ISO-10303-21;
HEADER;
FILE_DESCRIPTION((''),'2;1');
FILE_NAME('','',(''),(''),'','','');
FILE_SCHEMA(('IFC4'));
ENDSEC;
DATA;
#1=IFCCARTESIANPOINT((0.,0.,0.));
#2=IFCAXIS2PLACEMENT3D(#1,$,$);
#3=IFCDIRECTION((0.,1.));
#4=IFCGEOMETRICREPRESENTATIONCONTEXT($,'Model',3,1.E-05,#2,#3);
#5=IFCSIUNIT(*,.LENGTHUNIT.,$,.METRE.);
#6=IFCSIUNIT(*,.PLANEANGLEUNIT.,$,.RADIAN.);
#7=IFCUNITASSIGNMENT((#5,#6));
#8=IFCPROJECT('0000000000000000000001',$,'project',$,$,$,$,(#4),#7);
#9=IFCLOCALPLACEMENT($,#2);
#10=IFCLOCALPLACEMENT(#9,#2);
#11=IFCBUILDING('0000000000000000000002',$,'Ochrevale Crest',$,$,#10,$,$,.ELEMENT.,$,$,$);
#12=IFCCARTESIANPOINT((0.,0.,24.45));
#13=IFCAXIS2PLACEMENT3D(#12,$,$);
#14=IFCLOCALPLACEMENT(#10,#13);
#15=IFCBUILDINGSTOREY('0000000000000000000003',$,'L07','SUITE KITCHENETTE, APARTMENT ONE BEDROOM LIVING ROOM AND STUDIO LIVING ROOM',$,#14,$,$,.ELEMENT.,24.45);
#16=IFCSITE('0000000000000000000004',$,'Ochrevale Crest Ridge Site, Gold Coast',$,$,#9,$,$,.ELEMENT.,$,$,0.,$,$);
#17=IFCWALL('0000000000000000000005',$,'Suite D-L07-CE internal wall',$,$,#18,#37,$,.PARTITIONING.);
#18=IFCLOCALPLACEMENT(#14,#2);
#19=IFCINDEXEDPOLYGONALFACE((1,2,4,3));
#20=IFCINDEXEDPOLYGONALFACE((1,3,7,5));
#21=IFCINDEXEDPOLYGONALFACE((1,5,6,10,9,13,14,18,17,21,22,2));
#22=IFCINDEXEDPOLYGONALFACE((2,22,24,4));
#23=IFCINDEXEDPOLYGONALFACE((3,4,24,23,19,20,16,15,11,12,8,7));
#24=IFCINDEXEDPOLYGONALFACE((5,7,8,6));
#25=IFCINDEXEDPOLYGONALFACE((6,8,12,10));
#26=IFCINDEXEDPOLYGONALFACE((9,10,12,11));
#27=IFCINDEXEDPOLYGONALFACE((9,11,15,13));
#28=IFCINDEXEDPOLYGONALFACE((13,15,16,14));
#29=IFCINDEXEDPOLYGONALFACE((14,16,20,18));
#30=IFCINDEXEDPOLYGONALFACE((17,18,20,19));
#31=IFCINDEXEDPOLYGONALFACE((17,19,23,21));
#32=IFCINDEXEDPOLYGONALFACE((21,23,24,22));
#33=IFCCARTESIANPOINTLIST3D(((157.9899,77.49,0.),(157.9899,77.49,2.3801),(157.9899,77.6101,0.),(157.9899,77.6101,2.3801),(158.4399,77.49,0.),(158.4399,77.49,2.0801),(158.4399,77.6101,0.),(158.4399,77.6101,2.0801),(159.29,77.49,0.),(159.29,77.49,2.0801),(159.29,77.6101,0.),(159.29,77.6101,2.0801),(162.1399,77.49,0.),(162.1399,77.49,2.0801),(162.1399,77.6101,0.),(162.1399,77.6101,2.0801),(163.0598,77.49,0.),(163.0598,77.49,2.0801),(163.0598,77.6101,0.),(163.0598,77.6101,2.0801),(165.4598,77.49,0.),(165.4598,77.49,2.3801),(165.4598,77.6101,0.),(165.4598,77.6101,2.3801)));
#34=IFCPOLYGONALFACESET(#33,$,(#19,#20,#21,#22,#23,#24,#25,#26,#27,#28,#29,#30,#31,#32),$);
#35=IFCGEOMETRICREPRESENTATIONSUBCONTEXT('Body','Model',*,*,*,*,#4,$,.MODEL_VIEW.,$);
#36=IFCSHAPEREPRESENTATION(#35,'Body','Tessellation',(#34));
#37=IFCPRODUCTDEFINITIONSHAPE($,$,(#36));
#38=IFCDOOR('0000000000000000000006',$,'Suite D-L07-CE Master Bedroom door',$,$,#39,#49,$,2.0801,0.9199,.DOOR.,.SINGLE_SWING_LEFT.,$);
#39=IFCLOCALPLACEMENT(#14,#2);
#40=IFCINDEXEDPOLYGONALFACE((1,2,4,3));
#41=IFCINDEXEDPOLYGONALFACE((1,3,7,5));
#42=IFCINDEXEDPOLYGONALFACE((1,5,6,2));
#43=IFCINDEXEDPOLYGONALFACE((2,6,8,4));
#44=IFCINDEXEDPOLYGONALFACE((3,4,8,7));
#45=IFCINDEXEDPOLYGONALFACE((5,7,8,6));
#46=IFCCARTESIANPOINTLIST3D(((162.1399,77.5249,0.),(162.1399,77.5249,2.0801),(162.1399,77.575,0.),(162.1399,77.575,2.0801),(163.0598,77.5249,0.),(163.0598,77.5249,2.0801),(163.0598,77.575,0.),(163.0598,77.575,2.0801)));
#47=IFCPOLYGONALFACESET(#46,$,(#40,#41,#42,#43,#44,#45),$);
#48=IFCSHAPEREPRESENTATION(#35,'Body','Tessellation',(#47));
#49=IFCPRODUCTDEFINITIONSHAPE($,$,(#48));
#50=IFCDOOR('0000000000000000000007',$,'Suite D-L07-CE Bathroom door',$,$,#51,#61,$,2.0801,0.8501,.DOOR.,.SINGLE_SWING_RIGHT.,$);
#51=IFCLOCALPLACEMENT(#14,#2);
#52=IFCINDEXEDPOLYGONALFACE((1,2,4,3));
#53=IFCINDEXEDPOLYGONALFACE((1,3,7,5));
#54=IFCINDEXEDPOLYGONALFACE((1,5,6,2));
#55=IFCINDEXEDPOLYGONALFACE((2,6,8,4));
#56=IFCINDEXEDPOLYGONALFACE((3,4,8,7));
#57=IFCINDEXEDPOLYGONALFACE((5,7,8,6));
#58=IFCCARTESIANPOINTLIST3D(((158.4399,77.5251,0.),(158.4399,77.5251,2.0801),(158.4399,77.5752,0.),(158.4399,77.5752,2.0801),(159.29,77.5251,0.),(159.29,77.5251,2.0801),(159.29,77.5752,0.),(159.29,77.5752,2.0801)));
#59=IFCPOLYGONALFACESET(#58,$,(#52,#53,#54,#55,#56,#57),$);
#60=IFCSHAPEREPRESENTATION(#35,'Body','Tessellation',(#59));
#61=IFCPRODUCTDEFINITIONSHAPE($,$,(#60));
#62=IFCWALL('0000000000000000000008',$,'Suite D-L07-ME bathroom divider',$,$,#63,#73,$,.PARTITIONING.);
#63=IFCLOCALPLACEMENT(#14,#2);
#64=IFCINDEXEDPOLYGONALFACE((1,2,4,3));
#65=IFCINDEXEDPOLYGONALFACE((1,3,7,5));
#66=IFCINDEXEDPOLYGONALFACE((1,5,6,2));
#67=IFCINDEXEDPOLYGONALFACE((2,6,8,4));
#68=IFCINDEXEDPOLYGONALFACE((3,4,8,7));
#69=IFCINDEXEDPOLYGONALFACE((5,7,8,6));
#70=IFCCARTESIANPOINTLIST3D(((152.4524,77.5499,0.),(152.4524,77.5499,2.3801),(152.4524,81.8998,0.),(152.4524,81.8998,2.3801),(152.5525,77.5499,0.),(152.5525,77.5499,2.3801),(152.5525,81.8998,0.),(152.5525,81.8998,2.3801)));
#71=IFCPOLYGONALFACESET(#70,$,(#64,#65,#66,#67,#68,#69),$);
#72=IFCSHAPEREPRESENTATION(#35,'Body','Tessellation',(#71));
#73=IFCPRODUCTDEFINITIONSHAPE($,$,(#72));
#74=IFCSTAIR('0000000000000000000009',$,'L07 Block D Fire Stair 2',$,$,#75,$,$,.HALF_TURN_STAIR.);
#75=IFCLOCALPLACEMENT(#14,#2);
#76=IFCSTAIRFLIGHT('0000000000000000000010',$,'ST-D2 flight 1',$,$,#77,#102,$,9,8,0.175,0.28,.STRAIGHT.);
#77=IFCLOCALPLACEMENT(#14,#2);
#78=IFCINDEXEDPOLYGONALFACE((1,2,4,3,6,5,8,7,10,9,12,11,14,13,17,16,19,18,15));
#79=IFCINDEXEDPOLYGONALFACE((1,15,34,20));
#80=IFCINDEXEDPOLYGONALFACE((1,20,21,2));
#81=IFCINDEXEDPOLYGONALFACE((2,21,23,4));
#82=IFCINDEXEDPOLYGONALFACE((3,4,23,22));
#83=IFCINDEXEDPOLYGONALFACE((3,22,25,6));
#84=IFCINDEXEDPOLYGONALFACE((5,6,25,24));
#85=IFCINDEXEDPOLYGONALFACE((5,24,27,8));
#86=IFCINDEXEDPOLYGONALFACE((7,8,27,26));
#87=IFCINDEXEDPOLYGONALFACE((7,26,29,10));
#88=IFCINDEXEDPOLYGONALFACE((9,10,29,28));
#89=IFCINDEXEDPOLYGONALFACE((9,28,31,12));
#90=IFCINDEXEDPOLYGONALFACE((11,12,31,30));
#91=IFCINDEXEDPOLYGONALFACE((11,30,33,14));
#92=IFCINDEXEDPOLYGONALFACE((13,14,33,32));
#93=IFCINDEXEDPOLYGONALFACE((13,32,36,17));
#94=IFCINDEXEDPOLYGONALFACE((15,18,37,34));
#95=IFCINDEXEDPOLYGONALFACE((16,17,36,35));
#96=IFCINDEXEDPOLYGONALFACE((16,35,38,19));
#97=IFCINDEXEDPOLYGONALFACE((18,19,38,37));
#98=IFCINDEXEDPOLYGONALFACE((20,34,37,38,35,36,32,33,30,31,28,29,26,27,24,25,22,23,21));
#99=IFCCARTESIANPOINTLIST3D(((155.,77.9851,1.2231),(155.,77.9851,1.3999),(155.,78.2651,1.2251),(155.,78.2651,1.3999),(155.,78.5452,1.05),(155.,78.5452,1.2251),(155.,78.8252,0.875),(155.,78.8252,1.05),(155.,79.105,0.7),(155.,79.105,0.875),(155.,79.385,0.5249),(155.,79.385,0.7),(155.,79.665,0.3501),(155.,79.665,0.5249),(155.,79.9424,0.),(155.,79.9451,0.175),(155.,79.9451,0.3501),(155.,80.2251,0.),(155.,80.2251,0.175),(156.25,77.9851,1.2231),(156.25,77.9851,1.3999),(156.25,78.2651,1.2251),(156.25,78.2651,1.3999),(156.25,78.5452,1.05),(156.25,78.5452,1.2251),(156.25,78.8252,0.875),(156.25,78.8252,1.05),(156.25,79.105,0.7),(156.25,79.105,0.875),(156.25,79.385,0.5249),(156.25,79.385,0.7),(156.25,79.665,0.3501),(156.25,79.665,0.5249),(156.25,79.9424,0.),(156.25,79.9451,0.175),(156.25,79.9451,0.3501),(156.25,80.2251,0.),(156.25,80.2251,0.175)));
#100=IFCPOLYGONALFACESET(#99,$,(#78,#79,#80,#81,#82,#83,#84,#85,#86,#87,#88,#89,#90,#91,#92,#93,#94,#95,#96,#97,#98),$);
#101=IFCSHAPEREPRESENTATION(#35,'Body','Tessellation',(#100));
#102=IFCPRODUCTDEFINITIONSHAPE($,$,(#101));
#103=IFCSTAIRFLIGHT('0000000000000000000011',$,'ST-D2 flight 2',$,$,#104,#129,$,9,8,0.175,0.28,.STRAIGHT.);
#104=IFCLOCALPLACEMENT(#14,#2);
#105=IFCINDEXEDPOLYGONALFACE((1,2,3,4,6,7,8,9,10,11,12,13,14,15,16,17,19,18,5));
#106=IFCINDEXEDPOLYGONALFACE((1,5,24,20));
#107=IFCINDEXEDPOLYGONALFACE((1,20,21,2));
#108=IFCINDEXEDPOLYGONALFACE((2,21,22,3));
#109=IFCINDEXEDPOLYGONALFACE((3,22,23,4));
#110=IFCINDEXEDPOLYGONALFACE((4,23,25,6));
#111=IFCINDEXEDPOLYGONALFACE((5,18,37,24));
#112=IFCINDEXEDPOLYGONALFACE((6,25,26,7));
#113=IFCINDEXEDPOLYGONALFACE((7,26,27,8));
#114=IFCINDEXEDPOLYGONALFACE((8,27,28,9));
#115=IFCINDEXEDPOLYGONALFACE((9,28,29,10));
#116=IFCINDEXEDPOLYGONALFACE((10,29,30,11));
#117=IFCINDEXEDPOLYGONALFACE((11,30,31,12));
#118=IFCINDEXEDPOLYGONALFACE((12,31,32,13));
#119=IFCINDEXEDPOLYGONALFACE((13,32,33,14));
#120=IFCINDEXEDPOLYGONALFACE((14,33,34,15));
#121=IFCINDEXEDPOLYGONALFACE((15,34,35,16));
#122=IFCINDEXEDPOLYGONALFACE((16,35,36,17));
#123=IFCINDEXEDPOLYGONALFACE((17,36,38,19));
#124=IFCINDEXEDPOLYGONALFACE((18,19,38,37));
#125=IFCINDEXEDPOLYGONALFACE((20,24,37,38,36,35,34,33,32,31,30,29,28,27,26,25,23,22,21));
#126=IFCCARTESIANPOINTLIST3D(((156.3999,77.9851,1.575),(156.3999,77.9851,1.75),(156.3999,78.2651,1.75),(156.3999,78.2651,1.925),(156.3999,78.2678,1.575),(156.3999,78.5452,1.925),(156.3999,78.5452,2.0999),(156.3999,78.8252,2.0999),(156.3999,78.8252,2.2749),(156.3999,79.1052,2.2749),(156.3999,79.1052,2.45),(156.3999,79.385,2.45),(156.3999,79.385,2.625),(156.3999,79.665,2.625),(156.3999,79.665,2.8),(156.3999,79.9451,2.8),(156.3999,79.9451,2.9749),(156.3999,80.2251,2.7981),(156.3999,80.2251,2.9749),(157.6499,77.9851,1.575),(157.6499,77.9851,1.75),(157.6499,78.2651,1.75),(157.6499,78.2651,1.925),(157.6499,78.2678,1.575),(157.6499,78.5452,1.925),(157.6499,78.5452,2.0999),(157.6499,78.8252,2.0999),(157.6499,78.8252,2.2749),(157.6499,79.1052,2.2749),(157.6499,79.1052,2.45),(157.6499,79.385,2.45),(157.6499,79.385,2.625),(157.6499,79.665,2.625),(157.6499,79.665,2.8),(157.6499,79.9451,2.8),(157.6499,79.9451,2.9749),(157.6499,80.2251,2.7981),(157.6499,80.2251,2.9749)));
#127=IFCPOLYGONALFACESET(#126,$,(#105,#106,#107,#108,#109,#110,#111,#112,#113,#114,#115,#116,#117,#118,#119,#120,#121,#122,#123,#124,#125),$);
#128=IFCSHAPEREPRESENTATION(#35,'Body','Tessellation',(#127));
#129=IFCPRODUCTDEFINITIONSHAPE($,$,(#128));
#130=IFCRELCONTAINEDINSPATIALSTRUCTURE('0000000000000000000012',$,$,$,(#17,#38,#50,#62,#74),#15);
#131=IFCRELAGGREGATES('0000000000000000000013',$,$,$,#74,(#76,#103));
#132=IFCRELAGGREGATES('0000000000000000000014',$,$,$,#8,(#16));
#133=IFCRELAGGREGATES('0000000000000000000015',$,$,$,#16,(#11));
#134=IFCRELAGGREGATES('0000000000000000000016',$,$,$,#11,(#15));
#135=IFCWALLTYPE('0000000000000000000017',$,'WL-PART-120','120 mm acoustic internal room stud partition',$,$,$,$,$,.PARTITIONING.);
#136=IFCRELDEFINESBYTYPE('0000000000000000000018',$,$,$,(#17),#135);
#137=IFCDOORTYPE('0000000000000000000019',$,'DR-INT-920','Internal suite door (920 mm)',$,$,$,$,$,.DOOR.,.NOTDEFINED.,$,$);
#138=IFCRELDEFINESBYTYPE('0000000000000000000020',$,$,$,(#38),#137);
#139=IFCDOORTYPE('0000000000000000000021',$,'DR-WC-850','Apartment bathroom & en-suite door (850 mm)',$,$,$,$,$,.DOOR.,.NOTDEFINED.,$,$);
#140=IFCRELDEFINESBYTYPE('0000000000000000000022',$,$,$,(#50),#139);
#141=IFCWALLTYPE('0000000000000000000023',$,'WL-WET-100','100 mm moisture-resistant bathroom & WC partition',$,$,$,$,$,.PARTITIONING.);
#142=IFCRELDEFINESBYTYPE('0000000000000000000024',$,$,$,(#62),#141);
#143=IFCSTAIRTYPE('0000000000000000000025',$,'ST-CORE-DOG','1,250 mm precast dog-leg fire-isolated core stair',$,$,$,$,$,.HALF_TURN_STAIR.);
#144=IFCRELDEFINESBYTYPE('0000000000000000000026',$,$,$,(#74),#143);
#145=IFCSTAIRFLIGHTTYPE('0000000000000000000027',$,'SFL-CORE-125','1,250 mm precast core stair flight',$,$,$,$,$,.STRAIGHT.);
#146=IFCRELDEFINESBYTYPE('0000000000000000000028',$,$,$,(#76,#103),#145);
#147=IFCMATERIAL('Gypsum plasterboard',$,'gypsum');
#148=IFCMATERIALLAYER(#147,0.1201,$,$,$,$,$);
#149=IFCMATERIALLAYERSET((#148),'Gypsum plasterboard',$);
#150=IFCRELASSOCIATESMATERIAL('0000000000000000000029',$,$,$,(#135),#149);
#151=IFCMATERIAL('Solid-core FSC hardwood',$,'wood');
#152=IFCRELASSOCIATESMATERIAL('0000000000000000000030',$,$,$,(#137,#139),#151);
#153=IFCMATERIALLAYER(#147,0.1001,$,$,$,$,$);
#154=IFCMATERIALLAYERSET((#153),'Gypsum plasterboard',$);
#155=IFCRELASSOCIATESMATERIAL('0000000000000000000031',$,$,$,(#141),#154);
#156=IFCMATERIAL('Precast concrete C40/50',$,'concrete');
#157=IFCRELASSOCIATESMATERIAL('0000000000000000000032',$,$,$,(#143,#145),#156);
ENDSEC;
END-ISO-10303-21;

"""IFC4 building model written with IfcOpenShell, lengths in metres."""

from ifc_helpers import new_model, si_unit, direction, frame, frame_2d, origin, place, context, subcontext, project, spatial, polyline, rectangle, outline, extrude, material, layer, layer_set, type_object, element, fill, aggregate, save


model = new_model("IFC4")

# Units and contexts
model_context = context("Model", 3, precision=1e-05, world=origin(), true_north=direction((0.0, 1.0)))
body_context = subcontext(model_context, "Body", "Model", "MODEL_VIEW")
ifc_project = project(units=[si_unit("LENGTHUNIT", "METRE"), si_unit("PLANEANGLEUNIT", "RADIAN")], contexts=[model_context])

# Site, building, storey
site_placement = place(None, origin())
site = spatial("IfcSite", under=ifc_project, at=site_placement, Name="Ochrevale Crest Ridge Site, Gold Coast", CompositionType="ELEMENT", RefElevation=0.0)
building_placement = place(site_placement, origin())
building = spatial("IfcBuilding", under=site, at=building_placement, Name="Ochrevale Crest", CompositionType="ELEMENT")
storey_placement = place(building_placement, frame((0.0, 0.0, 24.45)))
storey = spatial("IfcBuildingStorey", under=building, at=storey_placement, Name="L07", Description="SUITE KITCHENETTE, APARTMENT ONE BEDROOM LIVING ROOM AND STUDIO LIVING ROOM", CompositionType="ELEMENT", Elevation=24.45)

# Shared definitions
ifc_material_1 = material(Name="Precast concrete C40/50", Category="concrete")

# Wall, openings, doors
ifc_material_2 = material(Name="Gypsum plasterboard", Category="gypsum")
ifc_layer_1 = layer(ifc_material_2, 0.1201)
ifc_layer_set_1 = layer_set([ifc_layer_1], Name="Gypsum plasterboard")
wall_type_1 = type_object("IfcWallType", Name="WL-PART-120", Description="120 mm acoustic internal room stud partition", PredefinedType="PARTITIONING", material=ifc_layer_set_1)
wall_1_placement = place(storey_placement, frame((157.99, 77.55, 0.0), z_axis=(0.0, 0.0, 1.0), x_axis=(1.0, 0.0, 0.0)))
wall_1 = element("IfcWall", 1, at=wall_1_placement, inside=storey, type_object=wall_type_1, Name="Suite D-L07-CE internal wall", PredefinedType="PARTITIONING", context=body_context, shape_type="SweptSolid", body=[
    extrude(rectangle(XDim=7.47, YDim=0.1201, at=frame_2d((3.7349, 0.0))), origin(), (0.0, 0.0, 1.0), 2.3801),
])
opening_1_placement = place(wall_1_placement, frame((1.3, 0.0, 0.0), z_axis=(0.0, 0.0, 1.0), x_axis=(-1.0, 0.0, 0.0)))
opening_1 = element("IfcOpeningElement", 2, at=opening_1_placement, cuts=wall_1, PredefinedType="OPENING", context=body_context, shape_type="SweptSolid", body=[
    extrude(rectangle(XDim=0.8501, YDim=2.0801, at=frame_2d((0.425, 1.04))), frame((0.0, 0.0701, 0.0), z_axis=(0.0, -1.0, 0.0), x_axis=(1.0, 0.0, 0.0)), (0.0, 0.0, 1.0), 0.1401),
])
opening_2_placement = place(wall_1_placement, frame((4.1499, 0.0, 0.0)))
opening_2 = element("IfcOpeningElement", 3, at=opening_2_placement, cuts=wall_1, PredefinedType="OPENING", context=body_context, shape_type="SweptSolid", body=[
    extrude(rectangle(XDim=0.9199, YDim=2.0801, at=frame_2d((0.46, 1.04))), frame((0.0, 0.0701, 0.0), z_axis=(0.0, -1.0, 0.0), x_axis=(1.0, 0.0, 0.0)), (0.0, 0.0, 1.0), 0.1401),
])
ifc_material_3 = material(Name="Solid-core FSC hardwood", Category="wood")
door_type_1 = type_object("IfcDoorType", Name="DR-INT-920", Description="Internal suite door (920 mm)", OperationType="NOTDEFINED", PredefinedType="DOOR", material=ifc_material_3)
door_1_placement = place(opening_2_placement, origin())
door_1 = element("IfcDoor", 4, at=door_1_placement, inside=storey, type_object=door_type_1, Name="Suite D-L07-CE Master Bedroom door", OperationType="SINGLE_SWING_LEFT", OverallHeight=2.0801, OverallWidth=0.9199, PredefinedType="DOOR", context=body_context, shape_type="SweptSolid", body=[
    extrude(rectangle(XDim=0.9199, YDim=2.0801, at=frame_2d((0.46, 1.04))), frame((0.0, 0.0249, 0.0), z_axis=(0.0, -1.0, 0.0), x_axis=(1.0, 0.0, 0.0)), (0.0, 0.0, 1.0), 0.05),
])
fill(opening_2, door_1)
door_type_2 = type_object("IfcDoorType", Name="DR-WC-850", Description="Apartment bathroom & en-suite door (850 mm)", OperationType="NOTDEFINED", PredefinedType="DOOR", material=ifc_material_3)
door_2_placement = place(opening_1_placement, origin())
door_2 = element("IfcDoor", 5, at=door_2_placement, inside=storey, type_object=door_type_2, Name="Suite D-L07-CE Bathroom door", OperationType="SINGLE_SWING_RIGHT", OverallHeight=2.0801, OverallWidth=0.8501, PredefinedType="DOOR", context=body_context, shape_type="SweptSolid", body=[
    extrude(rectangle(XDim=0.8501, YDim=2.0801, at=frame_2d((0.425, 1.04))), frame((0.0, 0.0249, 0.0), z_axis=(0.0, -1.0, 0.0), x_axis=(1.0, 0.0, 0.0)), (0.0, 0.0, 1.0), 0.05),
])
fill(opening_1, door_2)

# Wall
ifc_layer_2 = layer(ifc_material_2, 0.1001)
ifc_layer_set_2 = layer_set([ifc_layer_2], Name="Gypsum plasterboard")
wall_type_2 = type_object("IfcWallType", Name="WL-WET-100", Description="100 mm moisture-resistant bathroom & WC partition", PredefinedType="PARTITIONING", material=ifc_layer_set_2)
wall_2_placement = place(storey_placement, frame((152.5024, 77.55, 0.0), z_axis=(0.0, 0.0, 1.0), x_axis=(0.0, 1.0, 0.0)))
element("IfcWall", 6, at=wall_2_placement, inside=storey, type_object=wall_type_2, Name="Suite D-L07-ME bathroom divider", PredefinedType="PARTITIONING", context=body_context, shape_type="SweptSolid", body=[
    extrude(rectangle(XDim=4.3499, YDim=0.1001, at=frame_2d((2.1748, 0.0))), origin(), (0.0, 0.0, 1.0), 2.3801),
])

# Stair, stair flights
stair_type = type_object("IfcStairType", Name="ST-CORE-DOG", Description="1,250 mm precast dog-leg fire-isolated core stair", PredefinedType="HALF_TURN_STAIR", material=ifc_material_1)
stair_placement = place(storey_placement, origin())
stair = element("IfcStair", 7, at=stair_placement, inside=storey, type_object=stair_type, Name="L07 Block D Fire Stair 2", PredefinedType="HALF_TURN_STAIR")
stair_flight_type = type_object("IfcStairFlightType", Name="SFL-CORE-125", Description="1,250 mm precast core stair flight", PredefinedType="STRAIGHT", material=ifc_material_1)
stair_flight_1_placement = place(storey_placement, frame((155.625, 80.2251, 0.0), z_axis=(0.0, 0.0, 1.0), x_axis=(0.0, -1.0, 0.0)))
stair_flight_1 = element("IfcStairFlight", 8, at=stair_flight_1_placement, type_object=stair_flight_type, Name="ST-D2 flight 1", NumberOfRisers=9, NumberOfTreads=8, PredefinedType="STRAIGHT", RiserHeight=0.175, TreadLength=0.28, context=body_context, shape_type="SweptSolid", body=[
    extrude(outline(polyline([(0.0, 0.0), (0.0, 0.175), (0.28, 0.175), (0.28, 0.3501), (0.5601, 0.3501), (0.5601, 0.5249), (0.8401, 0.5249), (0.8401, 0.7), (1.1201, 0.7), (1.1201, 0.875), (1.3999, 0.875), (1.3999, 1.05), (1.6799, 1.05), (1.6799, 1.2251), (1.96, 1.2251), (1.96, 1.3999), (2.24, 1.3999), (2.24, 1.575), (2.24, 1.2231), (0.2827, 0.0), (0.0, 0.0)])), frame((0.0, 0.625, 0.0), z_axis=(0.0, -1.0, 0.0), x_axis=(1.0, 0.0, 0.0)), (0.0, 0.0, 1.0), 1.25),
])
stair_flight_2_placement = place(storey_placement, frame((157.0249, 77.9851, 1.575), z_axis=(0.0, 0.0, 1.0), x_axis=(0.0, 1.0, 0.0)))
stair_flight_2 = element("IfcStairFlight", 9, at=stair_flight_2_placement, type_object=stair_flight_type, Name="ST-D2 flight 2", NumberOfRisers=9, NumberOfTreads=8, PredefinedType="STRAIGHT", RiserHeight=0.175, TreadLength=0.28, context=body_context, shape_type="SweptSolid", body=[
    extrude(outline(polyline([(0.0, 0.0), (0.0, 0.175), (0.28, 0.175), (0.28, 0.3501), (0.5601, 0.3501), (0.5601, 0.5249), (0.8401, 0.5249), (0.8401, 0.7), (1.1201, 0.7), (1.1201, 0.875), (1.3999, 0.875), (1.3999, 1.05), (1.6799, 1.05), (1.6799, 1.2251), (1.96, 1.2251), (1.96, 1.3999), (2.24, 1.3999), (2.24, 1.575), (2.24, 1.2231), (0.2827, 0.0), (0.0, 0.0)])), frame((0.0, 0.625, 0.0), z_axis=(0.0, -1.0, 0.0), x_axis=(1.0, 0.0, 0.0)), (0.0, 0.0, 1.0), 1.25),
])
aggregate(stair, [stair_flight_1, stair_flight_2])

save(model, "model.ifc")
